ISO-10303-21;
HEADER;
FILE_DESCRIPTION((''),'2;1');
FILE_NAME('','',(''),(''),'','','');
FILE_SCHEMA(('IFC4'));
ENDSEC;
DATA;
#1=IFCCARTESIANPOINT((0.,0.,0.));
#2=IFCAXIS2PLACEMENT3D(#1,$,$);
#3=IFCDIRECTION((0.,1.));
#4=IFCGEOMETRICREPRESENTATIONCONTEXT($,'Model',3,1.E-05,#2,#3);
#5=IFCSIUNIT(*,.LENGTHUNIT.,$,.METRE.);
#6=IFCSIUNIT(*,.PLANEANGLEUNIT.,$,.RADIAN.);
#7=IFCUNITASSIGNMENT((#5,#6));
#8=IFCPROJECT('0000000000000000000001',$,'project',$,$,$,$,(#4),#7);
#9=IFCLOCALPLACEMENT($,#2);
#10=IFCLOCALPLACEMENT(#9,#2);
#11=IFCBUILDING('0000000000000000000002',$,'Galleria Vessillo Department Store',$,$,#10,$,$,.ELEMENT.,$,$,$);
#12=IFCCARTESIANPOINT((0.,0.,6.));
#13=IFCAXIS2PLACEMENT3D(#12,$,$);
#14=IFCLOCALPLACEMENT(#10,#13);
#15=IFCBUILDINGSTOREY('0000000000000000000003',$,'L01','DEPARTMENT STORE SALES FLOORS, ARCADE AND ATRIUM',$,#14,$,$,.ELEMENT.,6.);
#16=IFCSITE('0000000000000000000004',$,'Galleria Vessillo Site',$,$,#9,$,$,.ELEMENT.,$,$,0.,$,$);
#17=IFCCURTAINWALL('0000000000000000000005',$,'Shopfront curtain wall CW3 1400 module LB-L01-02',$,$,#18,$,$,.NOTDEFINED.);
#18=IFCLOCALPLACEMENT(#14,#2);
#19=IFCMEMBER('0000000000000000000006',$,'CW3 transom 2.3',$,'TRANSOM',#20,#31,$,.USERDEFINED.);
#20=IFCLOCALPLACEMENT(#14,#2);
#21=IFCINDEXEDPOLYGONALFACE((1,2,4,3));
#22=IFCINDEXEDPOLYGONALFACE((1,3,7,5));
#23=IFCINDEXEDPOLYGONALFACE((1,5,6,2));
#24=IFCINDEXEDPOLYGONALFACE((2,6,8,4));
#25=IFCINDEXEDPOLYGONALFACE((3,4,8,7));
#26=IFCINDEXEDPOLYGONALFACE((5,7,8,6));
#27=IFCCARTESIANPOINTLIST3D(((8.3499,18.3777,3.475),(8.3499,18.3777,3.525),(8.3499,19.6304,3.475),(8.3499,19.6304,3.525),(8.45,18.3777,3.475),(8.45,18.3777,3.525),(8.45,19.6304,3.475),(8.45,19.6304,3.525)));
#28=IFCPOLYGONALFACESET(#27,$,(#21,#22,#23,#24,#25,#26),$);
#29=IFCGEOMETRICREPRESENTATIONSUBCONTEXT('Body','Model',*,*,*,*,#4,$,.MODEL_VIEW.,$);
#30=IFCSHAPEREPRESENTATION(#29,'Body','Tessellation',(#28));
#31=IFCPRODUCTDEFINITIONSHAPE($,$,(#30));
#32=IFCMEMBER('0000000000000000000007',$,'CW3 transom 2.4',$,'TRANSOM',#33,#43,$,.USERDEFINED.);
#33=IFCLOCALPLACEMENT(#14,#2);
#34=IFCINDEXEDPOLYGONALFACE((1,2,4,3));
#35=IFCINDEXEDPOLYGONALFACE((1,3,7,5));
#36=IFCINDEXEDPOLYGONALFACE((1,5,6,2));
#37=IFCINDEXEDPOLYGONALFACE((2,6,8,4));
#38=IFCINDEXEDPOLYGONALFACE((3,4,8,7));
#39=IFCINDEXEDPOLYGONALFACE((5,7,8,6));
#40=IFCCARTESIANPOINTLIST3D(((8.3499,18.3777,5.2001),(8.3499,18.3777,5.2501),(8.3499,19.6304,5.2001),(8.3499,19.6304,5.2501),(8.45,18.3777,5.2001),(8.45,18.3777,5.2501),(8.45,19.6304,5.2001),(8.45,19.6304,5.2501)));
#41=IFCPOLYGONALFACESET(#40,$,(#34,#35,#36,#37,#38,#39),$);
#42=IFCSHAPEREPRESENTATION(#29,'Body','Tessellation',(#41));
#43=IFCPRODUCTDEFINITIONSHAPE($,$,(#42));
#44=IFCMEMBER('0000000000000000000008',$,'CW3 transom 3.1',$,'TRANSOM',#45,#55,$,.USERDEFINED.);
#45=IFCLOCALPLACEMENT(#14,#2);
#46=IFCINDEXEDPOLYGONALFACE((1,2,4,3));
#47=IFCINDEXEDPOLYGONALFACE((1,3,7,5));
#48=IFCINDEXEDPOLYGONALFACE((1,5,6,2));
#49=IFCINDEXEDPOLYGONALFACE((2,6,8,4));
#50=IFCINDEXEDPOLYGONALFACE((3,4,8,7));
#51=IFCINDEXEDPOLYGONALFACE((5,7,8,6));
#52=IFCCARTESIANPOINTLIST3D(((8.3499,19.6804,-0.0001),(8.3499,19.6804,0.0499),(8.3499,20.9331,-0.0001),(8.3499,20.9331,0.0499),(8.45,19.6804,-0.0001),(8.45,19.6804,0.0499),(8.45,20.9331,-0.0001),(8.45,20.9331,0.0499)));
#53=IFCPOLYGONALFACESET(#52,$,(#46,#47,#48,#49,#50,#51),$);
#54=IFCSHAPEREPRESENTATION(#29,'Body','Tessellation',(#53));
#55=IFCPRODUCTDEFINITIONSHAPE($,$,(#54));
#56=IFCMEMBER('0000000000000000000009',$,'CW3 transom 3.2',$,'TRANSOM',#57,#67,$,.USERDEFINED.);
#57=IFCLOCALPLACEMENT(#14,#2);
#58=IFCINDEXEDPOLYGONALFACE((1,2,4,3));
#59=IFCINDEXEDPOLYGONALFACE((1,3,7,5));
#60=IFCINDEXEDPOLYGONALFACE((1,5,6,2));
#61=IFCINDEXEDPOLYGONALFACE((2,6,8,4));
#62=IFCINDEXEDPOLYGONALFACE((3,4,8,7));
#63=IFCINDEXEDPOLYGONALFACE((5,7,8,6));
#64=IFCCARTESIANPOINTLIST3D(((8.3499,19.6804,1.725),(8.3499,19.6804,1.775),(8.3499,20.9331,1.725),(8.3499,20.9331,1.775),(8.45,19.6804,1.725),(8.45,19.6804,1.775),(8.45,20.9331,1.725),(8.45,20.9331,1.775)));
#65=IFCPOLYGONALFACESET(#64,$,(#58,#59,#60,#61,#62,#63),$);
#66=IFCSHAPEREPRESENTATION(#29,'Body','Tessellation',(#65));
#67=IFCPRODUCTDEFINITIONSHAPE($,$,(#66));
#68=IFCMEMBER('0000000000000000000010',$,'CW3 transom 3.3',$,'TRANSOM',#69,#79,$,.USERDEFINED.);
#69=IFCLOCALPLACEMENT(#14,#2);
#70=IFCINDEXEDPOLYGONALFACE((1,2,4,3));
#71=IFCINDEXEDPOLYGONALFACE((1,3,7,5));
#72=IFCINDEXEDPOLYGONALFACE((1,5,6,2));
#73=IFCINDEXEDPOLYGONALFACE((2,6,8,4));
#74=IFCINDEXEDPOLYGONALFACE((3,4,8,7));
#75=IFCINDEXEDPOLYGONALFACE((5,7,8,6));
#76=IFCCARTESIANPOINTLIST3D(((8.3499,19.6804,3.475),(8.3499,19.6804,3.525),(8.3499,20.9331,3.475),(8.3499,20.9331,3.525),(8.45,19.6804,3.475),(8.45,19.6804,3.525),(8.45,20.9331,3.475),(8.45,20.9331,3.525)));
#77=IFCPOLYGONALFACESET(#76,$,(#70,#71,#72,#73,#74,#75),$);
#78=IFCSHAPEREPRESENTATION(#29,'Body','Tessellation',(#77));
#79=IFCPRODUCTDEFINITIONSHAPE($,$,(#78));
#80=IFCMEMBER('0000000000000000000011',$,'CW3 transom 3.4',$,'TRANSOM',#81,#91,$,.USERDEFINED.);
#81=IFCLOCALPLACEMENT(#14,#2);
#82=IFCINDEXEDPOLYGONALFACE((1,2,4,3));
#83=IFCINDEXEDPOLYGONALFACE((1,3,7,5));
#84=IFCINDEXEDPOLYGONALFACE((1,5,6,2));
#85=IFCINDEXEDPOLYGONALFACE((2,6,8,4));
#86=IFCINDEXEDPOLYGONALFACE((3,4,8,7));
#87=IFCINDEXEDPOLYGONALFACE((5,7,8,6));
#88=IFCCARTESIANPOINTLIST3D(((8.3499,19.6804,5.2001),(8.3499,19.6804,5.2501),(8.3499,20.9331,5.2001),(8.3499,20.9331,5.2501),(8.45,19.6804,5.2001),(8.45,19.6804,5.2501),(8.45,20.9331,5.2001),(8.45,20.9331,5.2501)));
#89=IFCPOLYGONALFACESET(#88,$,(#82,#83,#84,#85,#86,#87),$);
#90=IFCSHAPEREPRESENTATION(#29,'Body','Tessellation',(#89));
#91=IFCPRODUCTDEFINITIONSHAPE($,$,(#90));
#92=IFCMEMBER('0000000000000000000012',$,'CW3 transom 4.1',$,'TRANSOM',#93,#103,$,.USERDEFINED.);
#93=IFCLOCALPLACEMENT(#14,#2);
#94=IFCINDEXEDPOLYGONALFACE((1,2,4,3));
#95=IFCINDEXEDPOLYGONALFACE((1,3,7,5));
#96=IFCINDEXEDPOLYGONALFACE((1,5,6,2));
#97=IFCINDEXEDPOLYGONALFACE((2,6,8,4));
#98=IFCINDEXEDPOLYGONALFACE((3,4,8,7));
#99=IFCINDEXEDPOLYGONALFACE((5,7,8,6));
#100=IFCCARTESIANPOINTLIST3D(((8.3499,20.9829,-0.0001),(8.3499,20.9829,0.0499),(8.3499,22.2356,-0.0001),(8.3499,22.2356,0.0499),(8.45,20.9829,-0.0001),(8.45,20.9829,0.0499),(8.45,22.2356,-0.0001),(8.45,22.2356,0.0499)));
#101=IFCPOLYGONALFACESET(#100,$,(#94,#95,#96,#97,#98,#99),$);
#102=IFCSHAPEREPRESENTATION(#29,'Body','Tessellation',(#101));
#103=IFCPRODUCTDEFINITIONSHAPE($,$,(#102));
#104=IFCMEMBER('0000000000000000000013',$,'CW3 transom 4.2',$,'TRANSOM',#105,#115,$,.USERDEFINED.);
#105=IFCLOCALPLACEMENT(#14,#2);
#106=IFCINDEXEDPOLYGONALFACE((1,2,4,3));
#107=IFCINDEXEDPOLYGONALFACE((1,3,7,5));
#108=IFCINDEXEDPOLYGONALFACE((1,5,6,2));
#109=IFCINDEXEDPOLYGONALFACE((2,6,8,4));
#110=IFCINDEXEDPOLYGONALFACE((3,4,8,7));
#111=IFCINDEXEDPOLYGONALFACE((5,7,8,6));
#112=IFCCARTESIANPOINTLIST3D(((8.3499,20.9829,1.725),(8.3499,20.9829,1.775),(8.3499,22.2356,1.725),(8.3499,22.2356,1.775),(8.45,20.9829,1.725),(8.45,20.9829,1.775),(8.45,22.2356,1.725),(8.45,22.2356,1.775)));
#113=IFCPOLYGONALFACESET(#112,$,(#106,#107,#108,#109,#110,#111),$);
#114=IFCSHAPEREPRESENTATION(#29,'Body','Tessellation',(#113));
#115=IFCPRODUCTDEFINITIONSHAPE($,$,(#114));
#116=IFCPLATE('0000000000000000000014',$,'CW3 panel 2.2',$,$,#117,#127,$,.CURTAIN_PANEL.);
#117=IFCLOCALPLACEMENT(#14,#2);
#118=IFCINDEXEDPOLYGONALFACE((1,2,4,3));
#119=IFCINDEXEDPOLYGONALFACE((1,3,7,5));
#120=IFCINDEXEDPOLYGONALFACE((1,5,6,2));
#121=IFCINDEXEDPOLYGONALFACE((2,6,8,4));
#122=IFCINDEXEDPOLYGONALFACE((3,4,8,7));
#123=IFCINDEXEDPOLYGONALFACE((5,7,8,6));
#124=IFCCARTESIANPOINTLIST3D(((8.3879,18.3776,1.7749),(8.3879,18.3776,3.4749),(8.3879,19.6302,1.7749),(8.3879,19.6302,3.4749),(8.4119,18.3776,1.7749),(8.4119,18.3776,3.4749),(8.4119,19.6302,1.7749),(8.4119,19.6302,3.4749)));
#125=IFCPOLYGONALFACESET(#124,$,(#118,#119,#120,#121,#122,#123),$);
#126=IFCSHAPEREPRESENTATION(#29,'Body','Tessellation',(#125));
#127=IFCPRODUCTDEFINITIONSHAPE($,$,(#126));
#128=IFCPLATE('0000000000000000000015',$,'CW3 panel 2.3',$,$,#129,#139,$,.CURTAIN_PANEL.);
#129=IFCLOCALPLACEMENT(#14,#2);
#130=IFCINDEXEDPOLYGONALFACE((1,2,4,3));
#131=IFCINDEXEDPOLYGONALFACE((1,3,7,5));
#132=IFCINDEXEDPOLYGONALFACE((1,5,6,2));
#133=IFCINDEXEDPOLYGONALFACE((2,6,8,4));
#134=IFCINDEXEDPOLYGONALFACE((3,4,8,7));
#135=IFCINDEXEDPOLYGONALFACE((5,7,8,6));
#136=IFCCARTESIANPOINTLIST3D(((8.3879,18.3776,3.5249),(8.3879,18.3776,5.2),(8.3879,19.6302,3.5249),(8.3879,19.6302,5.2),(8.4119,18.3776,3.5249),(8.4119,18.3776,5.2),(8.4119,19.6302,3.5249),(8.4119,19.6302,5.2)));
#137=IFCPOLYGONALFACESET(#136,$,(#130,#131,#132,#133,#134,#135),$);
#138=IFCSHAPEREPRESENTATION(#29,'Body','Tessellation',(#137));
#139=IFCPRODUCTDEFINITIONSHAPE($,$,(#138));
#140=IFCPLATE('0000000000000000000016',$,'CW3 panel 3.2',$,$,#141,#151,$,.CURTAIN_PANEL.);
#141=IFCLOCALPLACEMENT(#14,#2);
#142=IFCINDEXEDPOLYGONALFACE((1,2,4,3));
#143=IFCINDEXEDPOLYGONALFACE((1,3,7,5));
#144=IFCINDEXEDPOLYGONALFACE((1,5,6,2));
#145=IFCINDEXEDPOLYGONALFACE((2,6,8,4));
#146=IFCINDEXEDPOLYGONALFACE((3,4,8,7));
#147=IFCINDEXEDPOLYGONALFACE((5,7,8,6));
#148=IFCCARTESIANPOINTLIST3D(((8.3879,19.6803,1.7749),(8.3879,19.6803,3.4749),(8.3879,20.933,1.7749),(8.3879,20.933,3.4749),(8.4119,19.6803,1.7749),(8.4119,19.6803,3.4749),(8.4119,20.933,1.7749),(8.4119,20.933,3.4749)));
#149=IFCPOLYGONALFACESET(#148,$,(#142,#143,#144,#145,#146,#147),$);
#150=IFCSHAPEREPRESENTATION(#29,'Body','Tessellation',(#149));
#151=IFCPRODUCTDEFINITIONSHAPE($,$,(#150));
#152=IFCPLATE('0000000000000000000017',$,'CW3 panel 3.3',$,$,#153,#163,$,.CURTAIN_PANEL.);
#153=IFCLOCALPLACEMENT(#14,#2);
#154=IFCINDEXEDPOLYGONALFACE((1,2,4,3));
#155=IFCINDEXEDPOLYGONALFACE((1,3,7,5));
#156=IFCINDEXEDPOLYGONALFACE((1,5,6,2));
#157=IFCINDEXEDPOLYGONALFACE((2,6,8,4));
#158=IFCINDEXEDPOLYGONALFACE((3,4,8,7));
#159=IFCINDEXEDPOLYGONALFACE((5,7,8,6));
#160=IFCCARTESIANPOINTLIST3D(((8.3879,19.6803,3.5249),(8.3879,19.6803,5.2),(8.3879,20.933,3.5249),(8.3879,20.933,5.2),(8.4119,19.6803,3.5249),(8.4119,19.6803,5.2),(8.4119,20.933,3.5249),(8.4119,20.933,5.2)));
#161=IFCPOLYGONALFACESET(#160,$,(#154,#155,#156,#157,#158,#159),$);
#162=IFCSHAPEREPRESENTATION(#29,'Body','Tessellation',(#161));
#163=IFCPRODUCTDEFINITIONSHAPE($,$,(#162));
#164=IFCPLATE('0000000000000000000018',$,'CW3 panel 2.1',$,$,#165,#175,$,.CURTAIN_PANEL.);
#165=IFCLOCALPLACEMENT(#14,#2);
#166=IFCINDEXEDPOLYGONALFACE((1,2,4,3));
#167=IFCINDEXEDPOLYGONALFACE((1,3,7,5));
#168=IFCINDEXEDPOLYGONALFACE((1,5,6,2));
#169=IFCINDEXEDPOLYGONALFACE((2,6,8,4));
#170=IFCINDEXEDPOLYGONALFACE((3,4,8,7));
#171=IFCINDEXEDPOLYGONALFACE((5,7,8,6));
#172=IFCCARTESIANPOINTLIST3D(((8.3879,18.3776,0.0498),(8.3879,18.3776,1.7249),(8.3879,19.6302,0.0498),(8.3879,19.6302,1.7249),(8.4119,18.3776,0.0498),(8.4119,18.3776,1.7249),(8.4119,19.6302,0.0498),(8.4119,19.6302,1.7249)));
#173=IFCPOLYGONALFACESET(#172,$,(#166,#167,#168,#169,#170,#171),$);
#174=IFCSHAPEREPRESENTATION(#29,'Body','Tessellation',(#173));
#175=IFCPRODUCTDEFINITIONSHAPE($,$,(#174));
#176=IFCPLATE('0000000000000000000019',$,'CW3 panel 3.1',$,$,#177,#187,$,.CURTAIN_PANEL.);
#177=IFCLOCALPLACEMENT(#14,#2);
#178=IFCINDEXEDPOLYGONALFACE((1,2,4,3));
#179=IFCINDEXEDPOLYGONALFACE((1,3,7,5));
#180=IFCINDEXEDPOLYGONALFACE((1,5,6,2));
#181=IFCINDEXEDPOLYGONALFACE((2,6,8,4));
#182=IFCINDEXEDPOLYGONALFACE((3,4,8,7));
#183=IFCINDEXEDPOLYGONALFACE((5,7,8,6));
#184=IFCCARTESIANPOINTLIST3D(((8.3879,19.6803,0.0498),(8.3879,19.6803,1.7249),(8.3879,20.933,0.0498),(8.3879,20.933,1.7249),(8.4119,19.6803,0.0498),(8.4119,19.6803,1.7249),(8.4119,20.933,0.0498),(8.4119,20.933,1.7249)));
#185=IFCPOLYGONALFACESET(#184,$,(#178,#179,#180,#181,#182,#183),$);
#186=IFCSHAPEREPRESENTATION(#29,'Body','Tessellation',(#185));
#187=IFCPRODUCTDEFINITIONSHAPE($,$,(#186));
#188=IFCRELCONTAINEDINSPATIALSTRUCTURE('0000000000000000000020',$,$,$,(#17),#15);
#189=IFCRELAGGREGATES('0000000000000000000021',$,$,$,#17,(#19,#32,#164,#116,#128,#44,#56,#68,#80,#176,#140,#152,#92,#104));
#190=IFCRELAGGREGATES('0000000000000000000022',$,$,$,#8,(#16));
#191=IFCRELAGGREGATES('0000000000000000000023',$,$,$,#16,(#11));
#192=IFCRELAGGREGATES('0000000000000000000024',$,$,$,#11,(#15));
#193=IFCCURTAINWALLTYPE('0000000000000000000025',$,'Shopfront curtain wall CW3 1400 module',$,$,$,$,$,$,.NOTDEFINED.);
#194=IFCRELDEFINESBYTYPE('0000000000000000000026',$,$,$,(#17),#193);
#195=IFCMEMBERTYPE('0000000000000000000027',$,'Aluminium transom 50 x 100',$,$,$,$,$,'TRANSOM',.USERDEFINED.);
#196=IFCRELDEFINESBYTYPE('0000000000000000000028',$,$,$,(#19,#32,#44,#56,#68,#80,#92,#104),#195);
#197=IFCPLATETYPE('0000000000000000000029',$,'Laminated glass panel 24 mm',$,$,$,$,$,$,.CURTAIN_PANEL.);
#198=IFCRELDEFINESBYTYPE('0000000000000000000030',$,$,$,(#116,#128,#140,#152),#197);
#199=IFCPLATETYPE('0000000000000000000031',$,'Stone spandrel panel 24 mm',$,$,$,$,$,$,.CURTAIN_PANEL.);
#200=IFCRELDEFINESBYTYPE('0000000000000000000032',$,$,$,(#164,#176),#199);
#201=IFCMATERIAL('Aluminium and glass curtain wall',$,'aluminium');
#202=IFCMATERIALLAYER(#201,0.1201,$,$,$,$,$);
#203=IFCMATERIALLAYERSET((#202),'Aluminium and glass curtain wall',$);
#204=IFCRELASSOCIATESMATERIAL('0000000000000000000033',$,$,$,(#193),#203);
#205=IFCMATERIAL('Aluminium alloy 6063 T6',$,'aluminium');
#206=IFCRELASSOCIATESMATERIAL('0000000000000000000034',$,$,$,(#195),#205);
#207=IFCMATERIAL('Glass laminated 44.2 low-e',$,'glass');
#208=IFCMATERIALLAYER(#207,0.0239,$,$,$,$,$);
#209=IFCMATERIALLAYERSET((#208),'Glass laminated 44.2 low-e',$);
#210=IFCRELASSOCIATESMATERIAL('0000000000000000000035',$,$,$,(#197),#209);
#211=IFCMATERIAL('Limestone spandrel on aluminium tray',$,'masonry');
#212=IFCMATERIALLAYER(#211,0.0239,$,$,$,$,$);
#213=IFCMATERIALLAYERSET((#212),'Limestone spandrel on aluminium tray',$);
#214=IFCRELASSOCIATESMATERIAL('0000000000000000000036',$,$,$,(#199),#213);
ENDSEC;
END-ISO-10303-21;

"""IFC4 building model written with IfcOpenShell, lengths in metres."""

from ifc_helpers import new_model, si_unit, direction, frame, origin, origin_2d, place, context, subcontext, project, spatial, rectangle, extrude, material, layer, layer_set, material_profile, profile_set, type_object, element, aggregate, save


model = new_model("IFC4")

# Units and contexts
model_context = context("Model", 3, precision=1e-05, world=origin(), true_north=direction((0.0, 1.0)))
body_context = subcontext(model_context, "Body", "Model", "MODEL_VIEW")
ifc_project = project(units=[si_unit("LENGTHUNIT", "METRE"), si_unit("PLANEANGLEUNIT", "RADIAN")], contexts=[model_context])

# Site, building, storey
site_placement = place(None, origin())
site = spatial("IfcSite", under=ifc_project, at=site_placement, Name="Galleria Vessillo Site", CompositionType="ELEMENT", RefElevation=0.0)
building_placement = place(site_placement, origin())
building = spatial("IfcBuilding", under=site, at=building_placement, Name="Galleria Vessillo Department Store", CompositionType="ELEMENT")
storey_placement = place(building_placement, frame((0.0, 0.0, 6.0)))
storey = spatial("IfcBuildingStorey", under=building, at=storey_placement, Name="L01", Description="DEPARTMENT STORE SALES FLOORS, ARCADE AND ATRIUM", CompositionType="ELEMENT", Elevation=6.0)

# Curtain wall, members, plates
ifc_material_1 = material(Name="Aluminium and glass curtain wall", Category="aluminium")
ifc_layer_1 = layer(ifc_material_1, 0.1201)
ifc_layer_set_1 = layer_set([ifc_layer_1], Name="Aluminium and glass curtain wall")
curtain_wall_type = type_object("IfcCurtainWallType", Name="Shopfront curtain wall CW3 1400 module", PredefinedType="NOTDEFINED", material=ifc_layer_set_1)
curtain_wall_placement = place(storey_placement, origin())
curtain_wall = element("IfcCurtainWall", 1, at=curtain_wall_placement, inside=storey, type_object=curtain_wall_type, Name="Shopfront curtain wall CW3 1400 module LB-L01-02", PredefinedType="NOTDEFINED")
ifc_material_2 = material(Name="Aluminium alloy 6063 T6", Category="aluminium")
ifc_material_profile_1 = material_profile(ifc_material_2, rectangle(XDim=0.1001, YDim=0.05, at=origin_2d()), Name="AL 50x100")
ifc_profile_set_1 = profile_set([ifc_material_profile_1], Name="Aluminium alloy 6063 T6")
member_type_1 = type_object("IfcMemberType", Name="Aluminium transom 50 x 100", ElementType="TRANSOM", PredefinedType="USERDEFINED", material=ifc_profile_set_1)
member_1_placement = place(storey_placement, frame((8.3999, 18.3777, 3.5), z_axis=(0.0, 1.0, 0.0), x_axis=(-1.0, 0.0, 0.0)))
member_1 = element("IfcMember", 2, at=member_1_placement, type_object=member_type_1, Name="CW3 transom 2.3", ObjectType="TRANSOM", PredefinedType="USERDEFINED", context=body_context, shape_type="SweptSolid", body=[
    extrude(rectangle(XDim=0.1001, YDim=0.05, at=origin_2d()), origin(), (0.0, 0.0, 1.0), 1.2527),
])
member_2_placement = place(storey_placement, frame((8.3999, 18.3777, 5.2251), z_axis=(0.0, 1.0, 0.0), x_axis=(-1.0, 0.0, 0.0)))
member_2 = element("IfcMember", 3, at=member_2_placement, type_object=member_type_1, Name="CW3 transom 2.4", ObjectType="TRANSOM", PredefinedType="USERDEFINED", context=body_context, shape_type="SweptSolid", body=[
    extrude(rectangle(XDim=0.1001, YDim=0.05, at=origin_2d()), origin(), (0.0, 0.0, 1.0), 1.2527),
])
member_3_placement = place(storey_placement, frame((8.3999, 19.6804, 0.0249), z_axis=(0.0, 1.0, 0.0), x_axis=(-1.0, 0.0, 0.0)))
member_3 = element("IfcMember", 4, at=member_3_placement, type_object=member_type_1, Name="CW3 transom 3.1", ObjectType="TRANSOM", PredefinedType="USERDEFINED", context=body_context, shape_type="SweptSolid", body=[
    extrude(rectangle(XDim=0.1001, YDim=0.05, at=origin_2d()), origin(), (0.0, 0.0, 1.0), 1.2527),
])
member_4_placement = place(storey_placement, frame((8.3999, 19.6804, 1.75), z_axis=(0.0, 1.0, 0.0), x_axis=(-1.0, 0.0, 0.0)))
member_4 = element("IfcMember", 5, at=member_4_placement, type_object=member_type_1, Name="CW3 transom 3.2", ObjectType="TRANSOM", PredefinedType="USERDEFINED", context=body_context, shape_type="SweptSolid", body=[
    extrude(rectangle(XDim=0.1001, YDim=0.05, at=origin_2d()), origin(), (0.0, 0.0, 1.0), 1.2527),
])
member_5_placement = place(storey_placement, frame((8.3999, 19.6804, 3.5), z_axis=(0.0, 1.0, 0.0), x_axis=(-1.0, 0.0, 0.0)))
member_5 = element("IfcMember", 6, at=member_5_placement, type_object=member_type_1, Name="CW3 transom 3.3", ObjectType="TRANSOM", PredefinedType="USERDEFINED", context=body_context, shape_type="SweptSolid", body=[
    extrude(rectangle(XDim=0.1001, YDim=0.05, at=origin_2d()), origin(), (0.0, 0.0, 1.0), 1.2527),
])
member_6_placement = place(storey_placement, frame((8.3999, 19.6804, 5.2251), z_axis=(0.0, 1.0, 0.0), x_axis=(-1.0, 0.0, 0.0)))
member_6 = element("IfcMember", 7, at=member_6_placement, type_object=member_type_1, Name="CW3 transom 3.4", ObjectType="TRANSOM", PredefinedType="USERDEFINED", context=body_context, shape_type="SweptSolid", body=[
    extrude(rectangle(XDim=0.1001, YDim=0.05, at=origin_2d()), origin(), (0.0, 0.0, 1.0), 1.2527),
])
member_7_placement = place(storey_placement, frame((8.3999, 20.9829, 0.0249), z_axis=(0.0, 1.0, 0.0), x_axis=(-1.0, 0.0, 0.0)))
member_7 = element("IfcMember", 8, at=member_7_placement, type_object=member_type_1, Name="CW3 transom 4.1", ObjectType="TRANSOM", PredefinedType="USERDEFINED", context=body_context, shape_type="SweptSolid", body=[
    extrude(rectangle(XDim=0.1001, YDim=0.05, at=origin_2d()), origin(), (0.0, 0.0, 1.0), 1.2527),
])
member_8_placement = place(storey_placement, frame((8.3999, 20.9829, 1.75), z_axis=(0.0, 1.0, 0.0), x_axis=(-1.0, 0.0, 0.0)))
member_8 = element("IfcMember", 9, at=member_8_placement, type_object=member_type_1, Name="CW3 transom 4.2", ObjectType="TRANSOM", PredefinedType="USERDEFINED", context=body_context, shape_type="SweptSolid", body=[
    extrude(rectangle(XDim=0.1001, YDim=0.05, at=origin_2d()), origin(), (0.0, 0.0, 1.0), 1.2527),
])
ifc_material_3 = material(Name="Glass laminated 44.2 low-e", Category="glass")
ifc_layer_2 = layer(ifc_material_3, 0.0239)
ifc_layer_set_2 = layer_set([ifc_layer_2], Name="Glass laminated 44.2 low-e")
plate_type_1 = type_object("IfcPlateType", Name="Laminated glass panel 24 mm", PredefinedType="CURTAIN_PANEL", material=ifc_layer_set_2)
plate_1_placement = place(storey_placement, frame((8.3999, 19.0039, 1.7749), z_axis=(0.0, 0.0, 1.0), x_axis=(0.0, 1.0, 0.0)))
plate_1 = element("IfcPlate", 10, at=plate_1_placement, type_object=plate_type_1, Name="CW3 panel 2.2", PredefinedType="CURTAIN_PANEL", context=body_context, shape_type="SweptSolid", body=[
    extrude(rectangle(XDim=1.2527, YDim=0.0239, at=origin_2d()), origin(), (0.0, 0.0, 1.0), 1.7),
])
plate_2_placement = place(storey_placement, frame((8.3999, 19.0039, 3.5249), z_axis=(0.0, 0.0, 1.0), x_axis=(0.0, 1.0, 0.0)))
plate_2 = element("IfcPlate", 11, at=plate_2_placement, type_object=plate_type_1, Name="CW3 panel 2.3", PredefinedType="CURTAIN_PANEL", context=body_context, shape_type="SweptSolid", body=[
    extrude(rectangle(XDim=1.2527, YDim=0.0239, at=origin_2d()), origin(), (0.0, 0.0, 1.0), 1.675),
])
plate_3_placement = place(storey_placement, frame((8.3999, 20.3066, 1.7749), z_axis=(0.0, 0.0, 1.0), x_axis=(0.0, 1.0, 0.0)))
plate_3 = element("IfcPlate", 12, at=plate_3_placement, type_object=plate_type_1, Name="CW3 panel 3.2", PredefinedType="CURTAIN_PANEL", context=body_context, shape_type="SweptSolid", body=[
    extrude(rectangle(XDim=1.2527, YDim=0.0239, at=origin_2d()), origin(), (0.0, 0.0, 1.0), 1.7),
])
plate_4_placement = place(storey_placement, frame((8.3999, 20.3066, 3.5249), z_axis=(0.0, 0.0, 1.0), x_axis=(0.0, 1.0, 0.0)))
plate_4 = element("IfcPlate", 13, at=plate_4_placement, type_object=plate_type_1, Name="CW3 panel 3.3", PredefinedType="CURTAIN_PANEL", context=body_context, shape_type="SweptSolid", body=[
    extrude(rectangle(XDim=1.2527, YDim=0.0239, at=origin_2d()), origin(), (0.0, 0.0, 1.0), 1.675),
])
ifc_material_4 = material(Name="Limestone spandrel on aluminium tray", Category="masonry")
ifc_layer_3 = layer(ifc_material_4, 0.0239)
ifc_layer_set_3 = layer_set([ifc_layer_3], Name="Limestone spandrel on aluminium tray")
plate_type_2 = type_object("IfcPlateType", Name="Stone spandrel panel 24 mm", PredefinedType="CURTAIN_PANEL", material=ifc_layer_set_3)
plate_5_placement = place(storey_placement, frame((8.3999, 19.0039, 0.0498), z_axis=(0.0, 0.0, 1.0), x_axis=(0.0, 1.0, 0.0)))
plate_5 = element("IfcPlate", 14, at=plate_5_placement, type_object=plate_type_2, Name="CW3 panel 2.1", PredefinedType="CURTAIN_PANEL", context=body_context, shape_type="SweptSolid", body=[
    extrude(rectangle(XDim=1.2527, YDim=0.0239, at=origin_2d()), origin(), (0.0, 0.0, 1.0), 1.675),
])
plate_6_placement = place(storey_placement, frame((8.3999, 20.3066, 0.0498), z_axis=(0.0, 0.0, 1.0), x_axis=(0.0, 1.0, 0.0)))
plate_6 = element("IfcPlate", 15, at=plate_6_placement, type_object=plate_type_2, Name="CW3 panel 3.1", PredefinedType="CURTAIN_PANEL", context=body_context, shape_type="SweptSolid", body=[
    extrude(rectangle(XDim=1.2527, YDim=0.0239, at=origin_2d()), origin(), (0.0, 0.0, 1.0), 1.675),
])
aggregate(curtain_wall, [member_1, member_2, plate_5, plate_1, plate_2, member_3, member_4, member_5, member_6, plate_6, plate_3, plate_4, member_7, member_8])

save(model, "model.ifc")
